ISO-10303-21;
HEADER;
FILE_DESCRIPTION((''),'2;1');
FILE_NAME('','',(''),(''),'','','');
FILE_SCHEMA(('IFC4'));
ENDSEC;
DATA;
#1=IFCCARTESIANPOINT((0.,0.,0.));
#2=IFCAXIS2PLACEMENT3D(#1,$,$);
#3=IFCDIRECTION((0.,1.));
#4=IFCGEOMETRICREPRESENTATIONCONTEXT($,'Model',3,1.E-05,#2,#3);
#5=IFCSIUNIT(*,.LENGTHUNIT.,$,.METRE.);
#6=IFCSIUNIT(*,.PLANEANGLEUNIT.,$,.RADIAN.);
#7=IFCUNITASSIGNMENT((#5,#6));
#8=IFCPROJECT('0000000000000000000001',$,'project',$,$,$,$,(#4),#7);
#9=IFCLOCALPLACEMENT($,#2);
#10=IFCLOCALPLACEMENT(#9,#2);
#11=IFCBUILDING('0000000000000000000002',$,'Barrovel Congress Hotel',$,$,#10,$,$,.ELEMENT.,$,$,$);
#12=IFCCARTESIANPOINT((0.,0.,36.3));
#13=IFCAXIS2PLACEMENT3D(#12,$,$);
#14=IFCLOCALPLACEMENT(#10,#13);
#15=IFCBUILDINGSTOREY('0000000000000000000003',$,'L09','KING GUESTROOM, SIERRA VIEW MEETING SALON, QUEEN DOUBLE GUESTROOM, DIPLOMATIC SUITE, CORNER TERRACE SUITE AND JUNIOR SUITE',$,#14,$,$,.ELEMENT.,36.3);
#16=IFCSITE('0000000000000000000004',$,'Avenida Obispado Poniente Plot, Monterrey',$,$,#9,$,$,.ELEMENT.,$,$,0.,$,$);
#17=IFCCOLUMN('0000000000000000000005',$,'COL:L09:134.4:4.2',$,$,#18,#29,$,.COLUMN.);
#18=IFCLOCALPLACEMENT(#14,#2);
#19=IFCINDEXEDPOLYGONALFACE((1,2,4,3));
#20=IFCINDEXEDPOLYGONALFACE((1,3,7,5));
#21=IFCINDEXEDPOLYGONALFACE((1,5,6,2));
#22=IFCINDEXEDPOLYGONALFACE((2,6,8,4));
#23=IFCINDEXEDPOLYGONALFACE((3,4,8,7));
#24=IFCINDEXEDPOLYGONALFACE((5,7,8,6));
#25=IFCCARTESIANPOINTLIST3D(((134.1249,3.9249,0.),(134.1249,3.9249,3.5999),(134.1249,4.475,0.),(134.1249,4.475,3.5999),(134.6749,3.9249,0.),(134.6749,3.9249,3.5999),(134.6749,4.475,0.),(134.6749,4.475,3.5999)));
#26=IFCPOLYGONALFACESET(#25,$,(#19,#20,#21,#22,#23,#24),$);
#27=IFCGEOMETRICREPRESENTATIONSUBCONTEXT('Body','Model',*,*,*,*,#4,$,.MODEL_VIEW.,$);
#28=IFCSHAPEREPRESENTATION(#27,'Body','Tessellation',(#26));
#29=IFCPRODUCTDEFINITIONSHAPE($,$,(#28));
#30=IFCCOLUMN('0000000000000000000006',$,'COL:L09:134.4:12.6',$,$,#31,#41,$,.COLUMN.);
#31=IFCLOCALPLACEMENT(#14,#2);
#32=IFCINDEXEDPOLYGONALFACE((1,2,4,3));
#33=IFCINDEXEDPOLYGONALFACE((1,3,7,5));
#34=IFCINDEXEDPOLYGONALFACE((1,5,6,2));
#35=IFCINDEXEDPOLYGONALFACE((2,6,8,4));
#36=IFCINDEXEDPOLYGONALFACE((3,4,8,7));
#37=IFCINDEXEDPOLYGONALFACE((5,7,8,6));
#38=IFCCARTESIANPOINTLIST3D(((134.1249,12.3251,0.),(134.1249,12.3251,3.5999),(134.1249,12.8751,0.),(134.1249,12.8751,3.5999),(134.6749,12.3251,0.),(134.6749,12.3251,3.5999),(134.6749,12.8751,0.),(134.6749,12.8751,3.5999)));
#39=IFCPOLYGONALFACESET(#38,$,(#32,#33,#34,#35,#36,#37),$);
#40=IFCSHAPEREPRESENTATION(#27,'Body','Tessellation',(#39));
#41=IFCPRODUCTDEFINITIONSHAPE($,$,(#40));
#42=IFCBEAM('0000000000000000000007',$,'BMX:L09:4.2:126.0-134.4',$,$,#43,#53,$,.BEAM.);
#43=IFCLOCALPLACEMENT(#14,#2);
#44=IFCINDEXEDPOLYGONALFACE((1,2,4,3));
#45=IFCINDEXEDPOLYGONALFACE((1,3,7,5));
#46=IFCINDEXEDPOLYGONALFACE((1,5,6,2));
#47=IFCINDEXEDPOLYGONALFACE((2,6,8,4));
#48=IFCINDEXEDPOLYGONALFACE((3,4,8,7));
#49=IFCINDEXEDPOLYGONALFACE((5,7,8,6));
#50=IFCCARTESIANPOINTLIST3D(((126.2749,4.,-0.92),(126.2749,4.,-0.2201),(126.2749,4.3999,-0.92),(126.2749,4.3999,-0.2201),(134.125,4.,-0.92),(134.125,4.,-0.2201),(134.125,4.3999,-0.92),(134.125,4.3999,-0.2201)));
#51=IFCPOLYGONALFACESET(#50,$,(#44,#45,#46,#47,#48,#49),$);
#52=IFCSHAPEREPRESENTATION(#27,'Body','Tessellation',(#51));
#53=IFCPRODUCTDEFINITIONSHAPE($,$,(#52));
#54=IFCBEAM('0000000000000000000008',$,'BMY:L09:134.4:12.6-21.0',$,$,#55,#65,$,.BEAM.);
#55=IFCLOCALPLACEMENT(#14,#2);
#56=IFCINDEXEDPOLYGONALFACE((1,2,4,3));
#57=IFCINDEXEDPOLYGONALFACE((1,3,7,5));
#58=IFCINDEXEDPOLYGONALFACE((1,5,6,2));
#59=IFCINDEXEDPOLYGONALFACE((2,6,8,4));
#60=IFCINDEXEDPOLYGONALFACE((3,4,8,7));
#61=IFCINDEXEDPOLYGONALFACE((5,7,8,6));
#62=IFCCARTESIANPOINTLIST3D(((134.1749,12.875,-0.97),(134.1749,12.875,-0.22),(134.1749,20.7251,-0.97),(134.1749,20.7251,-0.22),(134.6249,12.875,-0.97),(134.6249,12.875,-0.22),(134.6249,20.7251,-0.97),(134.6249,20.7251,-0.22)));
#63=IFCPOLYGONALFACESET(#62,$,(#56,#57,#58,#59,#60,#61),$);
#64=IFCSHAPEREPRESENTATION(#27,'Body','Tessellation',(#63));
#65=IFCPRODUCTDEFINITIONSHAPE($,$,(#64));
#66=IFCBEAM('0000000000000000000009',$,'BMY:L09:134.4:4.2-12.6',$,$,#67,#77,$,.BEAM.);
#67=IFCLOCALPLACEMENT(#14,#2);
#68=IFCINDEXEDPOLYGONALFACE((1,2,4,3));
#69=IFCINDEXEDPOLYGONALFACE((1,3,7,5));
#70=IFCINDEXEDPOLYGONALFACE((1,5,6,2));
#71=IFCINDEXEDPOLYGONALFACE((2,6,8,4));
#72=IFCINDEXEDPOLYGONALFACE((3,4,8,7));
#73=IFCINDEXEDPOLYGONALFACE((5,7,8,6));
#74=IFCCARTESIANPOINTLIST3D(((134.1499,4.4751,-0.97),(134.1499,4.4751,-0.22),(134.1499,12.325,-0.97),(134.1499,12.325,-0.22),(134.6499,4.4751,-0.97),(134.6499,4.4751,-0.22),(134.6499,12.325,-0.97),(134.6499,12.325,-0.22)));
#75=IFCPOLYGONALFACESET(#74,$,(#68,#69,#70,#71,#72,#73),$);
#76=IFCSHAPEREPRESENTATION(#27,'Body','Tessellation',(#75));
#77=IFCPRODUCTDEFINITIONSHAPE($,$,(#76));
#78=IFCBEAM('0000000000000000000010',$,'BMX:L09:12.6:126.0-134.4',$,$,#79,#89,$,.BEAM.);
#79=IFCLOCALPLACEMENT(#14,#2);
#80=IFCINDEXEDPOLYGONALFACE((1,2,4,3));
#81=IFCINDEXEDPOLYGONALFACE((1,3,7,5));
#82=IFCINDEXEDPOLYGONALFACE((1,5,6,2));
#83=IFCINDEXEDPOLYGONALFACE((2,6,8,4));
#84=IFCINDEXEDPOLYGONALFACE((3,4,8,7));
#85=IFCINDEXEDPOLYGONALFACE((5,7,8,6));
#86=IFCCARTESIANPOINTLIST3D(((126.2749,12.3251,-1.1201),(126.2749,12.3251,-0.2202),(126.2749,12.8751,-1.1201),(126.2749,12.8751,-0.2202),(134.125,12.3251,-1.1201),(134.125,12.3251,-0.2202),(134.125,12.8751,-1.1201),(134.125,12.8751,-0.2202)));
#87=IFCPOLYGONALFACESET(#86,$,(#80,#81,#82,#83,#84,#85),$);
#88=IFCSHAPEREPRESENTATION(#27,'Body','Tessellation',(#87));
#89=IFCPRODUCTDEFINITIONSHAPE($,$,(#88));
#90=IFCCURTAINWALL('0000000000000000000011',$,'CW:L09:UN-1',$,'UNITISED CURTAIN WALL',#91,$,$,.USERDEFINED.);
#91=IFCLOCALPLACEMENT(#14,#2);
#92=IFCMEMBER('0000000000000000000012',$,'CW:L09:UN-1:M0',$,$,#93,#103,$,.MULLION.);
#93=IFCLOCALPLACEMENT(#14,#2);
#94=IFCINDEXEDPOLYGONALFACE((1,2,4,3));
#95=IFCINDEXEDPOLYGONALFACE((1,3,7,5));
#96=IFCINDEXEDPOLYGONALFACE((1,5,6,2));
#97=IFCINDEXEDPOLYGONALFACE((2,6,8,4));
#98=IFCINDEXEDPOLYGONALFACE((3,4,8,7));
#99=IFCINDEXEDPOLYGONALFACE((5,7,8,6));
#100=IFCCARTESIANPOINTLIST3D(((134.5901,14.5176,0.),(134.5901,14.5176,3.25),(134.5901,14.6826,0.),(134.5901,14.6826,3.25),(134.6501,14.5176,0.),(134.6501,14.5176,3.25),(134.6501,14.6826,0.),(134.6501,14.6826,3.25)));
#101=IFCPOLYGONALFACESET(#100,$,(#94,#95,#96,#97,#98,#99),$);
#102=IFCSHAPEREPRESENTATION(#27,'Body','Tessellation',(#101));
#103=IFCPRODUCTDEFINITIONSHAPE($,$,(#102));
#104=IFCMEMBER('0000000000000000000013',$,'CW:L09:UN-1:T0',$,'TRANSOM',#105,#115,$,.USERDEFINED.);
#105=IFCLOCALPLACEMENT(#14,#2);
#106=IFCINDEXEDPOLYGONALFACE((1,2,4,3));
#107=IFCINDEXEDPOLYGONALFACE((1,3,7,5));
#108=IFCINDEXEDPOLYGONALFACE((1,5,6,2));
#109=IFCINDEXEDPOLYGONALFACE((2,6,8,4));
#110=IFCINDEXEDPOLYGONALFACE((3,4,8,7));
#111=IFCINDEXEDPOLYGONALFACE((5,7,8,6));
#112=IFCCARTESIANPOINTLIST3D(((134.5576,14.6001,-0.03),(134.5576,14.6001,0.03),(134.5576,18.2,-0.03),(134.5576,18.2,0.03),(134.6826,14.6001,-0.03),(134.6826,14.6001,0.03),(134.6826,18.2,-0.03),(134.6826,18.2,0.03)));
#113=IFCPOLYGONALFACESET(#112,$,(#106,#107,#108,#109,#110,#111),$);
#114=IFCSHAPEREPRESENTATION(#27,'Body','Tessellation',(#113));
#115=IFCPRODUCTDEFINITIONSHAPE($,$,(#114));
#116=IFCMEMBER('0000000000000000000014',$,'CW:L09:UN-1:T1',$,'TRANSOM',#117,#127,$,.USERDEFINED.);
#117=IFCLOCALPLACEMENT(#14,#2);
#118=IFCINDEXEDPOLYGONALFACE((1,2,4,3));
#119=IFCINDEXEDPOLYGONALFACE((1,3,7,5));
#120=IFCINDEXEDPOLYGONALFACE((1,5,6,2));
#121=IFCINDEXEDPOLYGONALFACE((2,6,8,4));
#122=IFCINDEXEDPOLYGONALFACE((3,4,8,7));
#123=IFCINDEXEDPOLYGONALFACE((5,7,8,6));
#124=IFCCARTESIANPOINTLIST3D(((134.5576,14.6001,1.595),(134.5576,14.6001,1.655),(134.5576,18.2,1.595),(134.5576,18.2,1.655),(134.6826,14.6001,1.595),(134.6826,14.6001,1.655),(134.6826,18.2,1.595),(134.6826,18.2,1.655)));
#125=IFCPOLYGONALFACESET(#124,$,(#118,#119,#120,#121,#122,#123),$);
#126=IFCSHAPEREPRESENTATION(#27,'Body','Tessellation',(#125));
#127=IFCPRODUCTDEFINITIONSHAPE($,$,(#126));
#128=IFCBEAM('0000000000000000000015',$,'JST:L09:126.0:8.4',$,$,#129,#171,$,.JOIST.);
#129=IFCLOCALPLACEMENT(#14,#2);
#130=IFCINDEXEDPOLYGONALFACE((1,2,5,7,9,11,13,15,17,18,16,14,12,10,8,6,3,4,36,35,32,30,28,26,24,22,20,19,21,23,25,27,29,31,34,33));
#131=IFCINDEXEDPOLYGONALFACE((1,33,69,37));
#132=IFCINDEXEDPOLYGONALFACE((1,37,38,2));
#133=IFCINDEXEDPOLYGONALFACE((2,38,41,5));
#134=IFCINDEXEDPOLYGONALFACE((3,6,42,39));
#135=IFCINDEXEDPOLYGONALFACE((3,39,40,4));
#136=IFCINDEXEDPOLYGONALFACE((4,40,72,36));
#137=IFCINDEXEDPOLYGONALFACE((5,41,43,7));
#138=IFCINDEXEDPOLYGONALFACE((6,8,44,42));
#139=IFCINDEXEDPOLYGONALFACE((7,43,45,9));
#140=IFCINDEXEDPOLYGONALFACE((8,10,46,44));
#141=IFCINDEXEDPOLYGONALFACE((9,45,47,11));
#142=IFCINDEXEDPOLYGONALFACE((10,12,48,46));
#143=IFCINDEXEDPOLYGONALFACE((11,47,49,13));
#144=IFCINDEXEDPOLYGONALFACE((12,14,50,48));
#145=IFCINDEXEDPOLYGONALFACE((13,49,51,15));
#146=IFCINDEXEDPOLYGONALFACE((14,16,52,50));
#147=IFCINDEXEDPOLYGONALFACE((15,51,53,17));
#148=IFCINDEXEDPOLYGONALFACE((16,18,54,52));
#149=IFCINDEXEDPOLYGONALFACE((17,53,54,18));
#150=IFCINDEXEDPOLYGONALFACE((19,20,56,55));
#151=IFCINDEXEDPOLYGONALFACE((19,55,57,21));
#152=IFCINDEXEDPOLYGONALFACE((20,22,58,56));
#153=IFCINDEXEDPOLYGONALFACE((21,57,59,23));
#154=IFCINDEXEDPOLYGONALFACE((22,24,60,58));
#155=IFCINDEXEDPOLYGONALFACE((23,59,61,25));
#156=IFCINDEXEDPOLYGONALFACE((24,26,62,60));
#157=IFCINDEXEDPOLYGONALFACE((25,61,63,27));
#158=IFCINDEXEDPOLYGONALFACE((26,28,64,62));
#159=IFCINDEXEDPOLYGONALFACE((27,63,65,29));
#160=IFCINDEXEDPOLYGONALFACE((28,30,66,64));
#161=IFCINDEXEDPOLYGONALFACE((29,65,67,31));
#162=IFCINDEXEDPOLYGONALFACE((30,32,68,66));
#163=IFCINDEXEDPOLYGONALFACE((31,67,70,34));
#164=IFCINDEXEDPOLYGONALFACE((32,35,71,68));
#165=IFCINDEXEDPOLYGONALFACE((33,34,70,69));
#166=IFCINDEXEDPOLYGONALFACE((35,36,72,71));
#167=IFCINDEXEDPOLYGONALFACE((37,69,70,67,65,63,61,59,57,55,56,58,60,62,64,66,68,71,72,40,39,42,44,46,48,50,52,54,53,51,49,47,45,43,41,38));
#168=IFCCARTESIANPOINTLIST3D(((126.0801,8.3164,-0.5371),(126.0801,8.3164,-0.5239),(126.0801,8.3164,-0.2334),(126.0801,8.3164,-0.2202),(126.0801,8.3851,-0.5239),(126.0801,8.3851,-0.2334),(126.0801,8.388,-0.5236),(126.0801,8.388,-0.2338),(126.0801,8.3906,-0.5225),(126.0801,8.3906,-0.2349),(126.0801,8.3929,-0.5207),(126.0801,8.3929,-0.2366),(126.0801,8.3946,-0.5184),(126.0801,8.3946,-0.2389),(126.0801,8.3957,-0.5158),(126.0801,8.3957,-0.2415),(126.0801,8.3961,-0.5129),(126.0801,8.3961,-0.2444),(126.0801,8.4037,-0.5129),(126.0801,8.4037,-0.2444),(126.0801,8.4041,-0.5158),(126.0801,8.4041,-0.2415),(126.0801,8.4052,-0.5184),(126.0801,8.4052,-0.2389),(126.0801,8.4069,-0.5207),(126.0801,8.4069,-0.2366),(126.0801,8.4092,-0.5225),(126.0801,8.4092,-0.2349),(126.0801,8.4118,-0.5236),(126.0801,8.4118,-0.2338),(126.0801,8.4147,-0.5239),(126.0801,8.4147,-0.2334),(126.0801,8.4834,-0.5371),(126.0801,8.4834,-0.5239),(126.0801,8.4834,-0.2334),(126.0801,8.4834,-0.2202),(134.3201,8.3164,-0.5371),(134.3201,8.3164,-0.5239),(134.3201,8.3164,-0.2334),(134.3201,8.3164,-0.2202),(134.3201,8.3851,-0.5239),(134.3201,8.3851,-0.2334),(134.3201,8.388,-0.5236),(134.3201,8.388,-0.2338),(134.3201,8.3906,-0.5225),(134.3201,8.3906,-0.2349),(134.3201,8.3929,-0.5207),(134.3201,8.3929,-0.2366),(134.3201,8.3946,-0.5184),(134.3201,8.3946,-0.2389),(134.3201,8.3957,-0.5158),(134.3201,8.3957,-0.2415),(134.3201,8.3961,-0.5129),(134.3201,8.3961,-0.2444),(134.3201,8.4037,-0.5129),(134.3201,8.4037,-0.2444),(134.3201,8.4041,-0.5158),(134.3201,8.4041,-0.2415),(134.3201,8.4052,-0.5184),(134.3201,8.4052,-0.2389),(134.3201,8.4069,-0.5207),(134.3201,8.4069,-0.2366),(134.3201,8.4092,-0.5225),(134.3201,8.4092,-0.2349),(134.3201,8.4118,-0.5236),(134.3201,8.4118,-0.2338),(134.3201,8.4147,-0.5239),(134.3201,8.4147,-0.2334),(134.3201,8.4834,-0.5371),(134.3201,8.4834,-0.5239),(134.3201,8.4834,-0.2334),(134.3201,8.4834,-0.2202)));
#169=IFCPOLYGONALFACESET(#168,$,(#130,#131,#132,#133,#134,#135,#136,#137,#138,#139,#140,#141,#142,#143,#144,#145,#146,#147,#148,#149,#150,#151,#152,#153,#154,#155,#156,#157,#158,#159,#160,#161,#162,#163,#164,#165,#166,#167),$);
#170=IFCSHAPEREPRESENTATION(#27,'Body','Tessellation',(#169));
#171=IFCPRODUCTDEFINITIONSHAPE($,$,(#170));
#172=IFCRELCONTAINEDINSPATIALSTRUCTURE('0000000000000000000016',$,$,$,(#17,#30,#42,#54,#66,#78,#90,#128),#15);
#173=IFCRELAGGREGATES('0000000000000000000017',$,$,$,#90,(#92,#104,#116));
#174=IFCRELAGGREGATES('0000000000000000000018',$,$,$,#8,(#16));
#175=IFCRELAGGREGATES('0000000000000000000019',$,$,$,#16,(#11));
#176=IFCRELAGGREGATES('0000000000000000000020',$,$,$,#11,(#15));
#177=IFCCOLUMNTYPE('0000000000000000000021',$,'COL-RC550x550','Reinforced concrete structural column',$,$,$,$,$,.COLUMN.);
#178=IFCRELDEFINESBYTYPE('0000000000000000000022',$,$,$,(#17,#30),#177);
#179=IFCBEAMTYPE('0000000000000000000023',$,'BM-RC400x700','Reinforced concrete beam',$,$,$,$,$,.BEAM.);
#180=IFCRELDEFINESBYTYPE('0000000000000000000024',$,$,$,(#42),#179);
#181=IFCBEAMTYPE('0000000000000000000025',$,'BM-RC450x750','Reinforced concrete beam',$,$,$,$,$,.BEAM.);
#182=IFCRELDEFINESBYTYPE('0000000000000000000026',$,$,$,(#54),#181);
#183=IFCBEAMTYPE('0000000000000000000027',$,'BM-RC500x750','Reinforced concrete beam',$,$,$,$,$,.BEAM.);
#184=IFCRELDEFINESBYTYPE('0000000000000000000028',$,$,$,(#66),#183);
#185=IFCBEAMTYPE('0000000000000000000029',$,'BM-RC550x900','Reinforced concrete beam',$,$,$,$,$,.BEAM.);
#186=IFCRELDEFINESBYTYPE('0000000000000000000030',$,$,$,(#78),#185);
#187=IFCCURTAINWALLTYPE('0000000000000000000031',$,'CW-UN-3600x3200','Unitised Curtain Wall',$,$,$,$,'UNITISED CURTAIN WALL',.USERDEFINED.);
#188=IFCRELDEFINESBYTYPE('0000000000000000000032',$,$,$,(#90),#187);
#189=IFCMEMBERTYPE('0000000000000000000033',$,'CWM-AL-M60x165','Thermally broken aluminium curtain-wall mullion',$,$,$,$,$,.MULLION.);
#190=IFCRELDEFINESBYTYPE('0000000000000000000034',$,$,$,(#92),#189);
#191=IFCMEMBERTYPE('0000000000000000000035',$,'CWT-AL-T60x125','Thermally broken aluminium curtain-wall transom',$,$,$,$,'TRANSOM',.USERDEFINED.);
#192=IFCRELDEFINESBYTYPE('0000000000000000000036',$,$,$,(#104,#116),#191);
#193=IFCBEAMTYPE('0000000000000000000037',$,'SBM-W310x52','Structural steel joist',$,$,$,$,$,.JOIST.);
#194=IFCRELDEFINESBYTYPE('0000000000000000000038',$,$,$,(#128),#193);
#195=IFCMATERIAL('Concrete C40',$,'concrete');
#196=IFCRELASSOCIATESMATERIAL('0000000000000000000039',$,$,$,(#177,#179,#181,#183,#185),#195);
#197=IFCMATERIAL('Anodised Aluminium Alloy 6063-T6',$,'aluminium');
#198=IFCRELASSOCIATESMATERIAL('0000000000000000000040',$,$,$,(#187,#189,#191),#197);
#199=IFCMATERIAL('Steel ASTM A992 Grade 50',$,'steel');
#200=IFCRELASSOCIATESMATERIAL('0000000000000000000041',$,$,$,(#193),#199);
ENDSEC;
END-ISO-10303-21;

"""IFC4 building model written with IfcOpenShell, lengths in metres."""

from ifc_helpers import new_model, si_unit, direction, frame, origin, origin_2d, place, context, subcontext, project, spatial, rectangle, i_section, extrude, material, material_profile, profile_set, type_object, element, aggregate, save


model = new_model("IFC4")

# Units and contexts
model_context = context("Model", 3, precision=1e-05, world=origin(), true_north=direction((0.0, 1.0)))
body_context = subcontext(model_context, "Body", "Model", "MODEL_VIEW")
ifc_project = project(units=[si_unit("LENGTHUNIT", "METRE"), si_unit("PLANEANGLEUNIT", "RADIAN")], contexts=[model_context])

# Site, building, storey
site_placement = place(None, origin())
site = spatial("IfcSite", under=ifc_project, at=site_placement, Name="Avenida Obispado Poniente Plot, Monterrey", CompositionType="ELEMENT", RefElevation=0.0)
building_placement = place(site_placement, origin())
building = spatial("IfcBuilding", under=site, at=building_placement, Name="Barrovel Congress Hotel", CompositionType="ELEMENT")
storey_placement = place(building_placement, frame((0.0, 0.0, 36.3)))
storey = spatial("IfcBuildingStorey", under=building, at=storey_placement, Name="L09", Description="KING GUESTROOM, SIERRA VIEW MEETING SALON, QUEEN DOUBLE GUESTROOM, DIPLOMATIC SUITE, CORNER TERRACE SUITE AND JUNIOR SUITE", CompositionType="ELEMENT", Elevation=36.3)

# Columns
ifc_material_1 = material(Name="Concrete C40", Category="concrete")
ifc_material_profile_1 = material_profile(ifc_material_1, rectangle(XDim=0.55, YDim=0.55, at=origin_2d()), Name="RC550x550")
ifc_profile_set_1 = profile_set([ifc_material_profile_1], Name="Concrete C40")
column_type = type_object("IfcColumnType", Name="COL-RC550x550", Description="Reinforced concrete structural column", PredefinedType="COLUMN", material=ifc_profile_set_1)
for number, where, z_axis, x_axis, name in (
    (1, (134.3999, 4.2, 0.0), (0.0, 0.0, 1.0), (1.0, 0.0, 0.0), "COL:L09:134.4:4.2"),
    (2, (134.3999, 12.6001, 0.0), (0.0, 0.0, 1.0), (1.0, 0.0, 0.0), "COL:L09:134.4:12.6"),
):
    element("IfcColumn", number, at=place(storey_placement, frame(where, z_axis=z_axis, x_axis=x_axis)), inside=storey, type_object=column_type, Name=name, PredefinedType="COLUMN", context=body_context, shape_type="SweptSolid", body=[
        extrude(rectangle(XDim=0.55, YDim=0.55, at=origin_2d()), origin(), (0.0, 0.0, 1.0), 3.5999),
    ])

# Beams
ifc_material_profile_2 = material_profile(ifc_material_1, rectangle(XDim=0.3999, YDim=0.7, at=origin_2d()), Name="RC400x700")
ifc_profile_set_2 = profile_set([ifc_material_profile_2], Name="Concrete C40")
beam_type_1 = type_object("IfcBeamType", Name="BM-RC400x700", Description="Reinforced concrete beam", PredefinedType="BEAM", material=ifc_profile_set_2)
beam_1_placement = place(storey_placement, frame((126.2749, 4.2, -0.5701), z_axis=(1.0, 0.0, 0.0), x_axis=(0.0, 1.0, 0.0)))
element("IfcBeam", 3, at=beam_1_placement, inside=storey, type_object=beam_type_1, Name="BMX:L09:4.2:126.0-134.4", PredefinedType="BEAM", context=body_context, shape_type="SweptSolid", body=[
    extrude(rectangle(XDim=0.3999, YDim=0.7, at=origin_2d()), origin(), (0.0, 0.0, 1.0), 7.8501),
])
ifc_material_profile_3 = material_profile(ifc_material_1, rectangle(XDim=0.45, YDim=0.75, at=origin_2d()), Name="RC450x750")
ifc_profile_set_3 = profile_set([ifc_material_profile_3], Name="Concrete C40")
beam_type_2 = type_object("IfcBeamType", Name="BM-RC450x750", Description="Reinforced concrete beam", PredefinedType="BEAM", material=ifc_profile_set_3)
beam_2_placement = place(storey_placement, frame((134.3999, 12.875, -0.595), z_axis=(0.0, 1.0, 0.0), x_axis=(-1.0, 0.0, 0.0)))
element("IfcBeam", 4, at=beam_2_placement, inside=storey, type_object=beam_type_2, Name="BMY:L09:134.4:12.6-21.0", PredefinedType="BEAM", context=body_context, shape_type="SweptSolid", body=[
    extrude(rectangle(XDim=0.45, YDim=0.75, at=origin_2d()), origin(), (0.0, 0.0, 1.0), 7.8501),
])
ifc_material_profile_4 = material_profile(ifc_material_1, rectangle(XDim=0.5, YDim=0.75, at=origin_2d()), Name="RC500x750")
ifc_profile_set_4 = profile_set([ifc_material_profile_4], Name="Concrete C40")
beam_type_3 = type_object("IfcBeamType", Name="BM-RC500x750", Description="Reinforced concrete beam", PredefinedType="BEAM", material=ifc_profile_set_4)
beam_3_placement = place(storey_placement, frame((134.3999, 4.4751, -0.595), z_axis=(0.0, 1.0, 0.0), x_axis=(-1.0, 0.0, 0.0)))
element("IfcBeam", 5, at=beam_3_placement, inside=storey, type_object=beam_type_3, Name="BMY:L09:134.4:4.2-12.6", PredefinedType="BEAM", context=body_context, shape_type="SweptSolid", body=[
    extrude(rectangle(XDim=0.5, YDim=0.75, at=origin_2d()), origin(), (0.0, 0.0, 1.0), 7.8499),
])
ifc_material_profile_5 = material_profile(ifc_material_1, rectangle(XDim=0.55, YDim=0.8999, at=origin_2d()), Name="RC550x900")
ifc_profile_set_5 = profile_set([ifc_material_profile_5], Name="Concrete C40")
beam_type_4 = type_object("IfcBeamType", Name="BM-RC550x900", Description="Reinforced concrete beam", PredefinedType="BEAM", material=ifc_profile_set_5)
beam_4_placement = place(storey_placement, frame((126.2749, 12.6001, -0.6702), z_axis=(1.0, 0.0, 0.0), x_axis=(0.0, 1.0, 0.0)))
element("IfcBeam", 6, at=beam_4_placement, inside=storey, type_object=beam_type_4, Name="BMX:L09:12.6:126.0-134.4", PredefinedType="BEAM", context=body_context, shape_type="SweptSolid", body=[
    extrude(rectangle(XDim=0.55, YDim=0.8999, at=origin_2d()), origin(), (0.0, 0.0, 1.0), 7.8501),
])

# Curtain wall, members
ifc_material_2 = material(Name="Anodised Aluminium Alloy 6063-T6", Category="aluminium")
curtain_wall_type = type_object("IfcCurtainWallType", Name="CW-UN-3600x3200", Description="Unitised Curtain Wall", ElementType="UNITISED CURTAIN WALL", PredefinedType="USERDEFINED", material=ifc_material_2)
curtain_wall_placement = place(storey_placement, origin())
curtain_wall = element("IfcCurtainWall", 7, at=curtain_wall_placement, inside=storey, type_object=curtain_wall_type, Name="CW:L09:UN-1", ObjectType="UNITISED CURTAIN WALL", PredefinedType="USERDEFINED")
ifc_material_profile_6 = material_profile(ifc_material_2, rectangle(XDim=0.0601, YDim=0.165, at=origin_2d()), Name="AL-M60x165")
ifc_profile_set_6 = profile_set([ifc_material_profile_6], Name="Anodised Aluminium Alloy 6063-T6")
member_type_1 = type_object("IfcMemberType", Name="CWM-AL-M60x165", Description="Thermally broken aluminium curtain-wall mullion", PredefinedType="MULLION", material=ifc_profile_set_6)
member_1_placement = place(storey_placement, frame((134.6201, 14.6001, 0.0), z_axis=(0.0, 0.0, 1.0), x_axis=(1.0, 0.0, 0.0)))
member_1 = element("IfcMember", 8, at=member_1_placement, type_object=member_type_1, Name="CW:L09:UN-1:M0", PredefinedType="MULLION", context=body_context, shape_type="SweptSolid", body=[
    extrude(rectangle(XDim=0.0601, YDim=0.165, at=origin_2d()), origin(), (0.0, 0.0, 1.0), 3.25),
])
ifc_material_profile_7 = material_profile(ifc_material_2, rectangle(XDim=0.125, YDim=0.0601, at=origin_2d()), Name="AL-T60x125")
ifc_profile_set_7 = profile_set([ifc_material_profile_7], Name="Anodised Aluminium Alloy 6063-T6")
member_type_2 = type_object("IfcMemberType", Name="CWT-AL-T60x125", Description="Thermally broken aluminium curtain-wall transom", ElementType="TRANSOM", PredefinedType="USERDEFINED", material=ifc_profile_set_7)
member_2_placement = place(storey_placement, frame((134.6201, 14.6001, 0.0), z_axis=(0.0, 1.0, 0.0), x_axis=(-1.0, 0.0, 0.0)))
member_2 = element("IfcMember", 9, at=member_2_placement, type_object=member_type_2, Name="CW:L09:UN-1:T0", ObjectType="TRANSOM", PredefinedType="USERDEFINED", context=body_context, shape_type="SweptSolid", body=[
    extrude(rectangle(XDim=0.125, YDim=0.0601, at=origin_2d()), origin(), (0.0, 0.0, 1.0), 3.5999),
])
member_3_placement = place(storey_placement, frame((134.6201, 14.6001, 1.625), z_axis=(0.0, 1.0, 0.0), x_axis=(-1.0, 0.0, 0.0)))
member_3 = element("IfcMember", 10, at=member_3_placement, type_object=member_type_2, Name="CW:L09:UN-1:T1", ObjectType="TRANSOM", PredefinedType="USERDEFINED", context=body_context, shape_type="SweptSolid", body=[
    extrude(rectangle(XDim=0.125, YDim=0.0601, at=origin_2d()), origin(), (0.0, 0.0, 1.0), 3.5999),
])
aggregate(curtain_wall, [member_1, member_2, member_3])

# Beam
ifc_material_3 = material(Name="Steel ASTM A992 Grade 50", Category="steel")
ifc_material_profile_8 = material_profile(ifc_material_3, i_section(OverallWidth=0.167, OverallDepth=0.3169, WebThickness=0.0076, FlangeThickness=0.0132, FilletRadius=0.011, at=origin_2d()), Name="W310x52")
ifc_profile_set_8 = profile_set([ifc_material_profile_8], Name="Steel ASTM A992 Grade 50")
beam_type_5 = type_object("IfcBeamType", Name="SBM-W310x52", Description="Structural steel joist", PredefinedType="JOIST", material=ifc_profile_set_8)
beam_5_placement = place(storey_placement, frame((126.0801, 8.3999, -0.3787), z_axis=(1.0, 0.0, 0.0), x_axis=(0.0, 1.0, 0.0)))
element("IfcBeam", 11, at=beam_5_placement, inside=storey, type_object=beam_type_5, Name="JST:L09:126.0:8.4", PredefinedType="JOIST", context=body_context, shape_type="SweptSolid", body=[
    extrude(i_section(OverallWidth=0.167, OverallDepth=0.3169, WebThickness=0.0076, FlangeThickness=0.0132, FilletRadius=0.011, at=origin_2d()), origin(), (0.0, 0.0, 1.0), 8.24),
])

save(model, "model.ifc")
